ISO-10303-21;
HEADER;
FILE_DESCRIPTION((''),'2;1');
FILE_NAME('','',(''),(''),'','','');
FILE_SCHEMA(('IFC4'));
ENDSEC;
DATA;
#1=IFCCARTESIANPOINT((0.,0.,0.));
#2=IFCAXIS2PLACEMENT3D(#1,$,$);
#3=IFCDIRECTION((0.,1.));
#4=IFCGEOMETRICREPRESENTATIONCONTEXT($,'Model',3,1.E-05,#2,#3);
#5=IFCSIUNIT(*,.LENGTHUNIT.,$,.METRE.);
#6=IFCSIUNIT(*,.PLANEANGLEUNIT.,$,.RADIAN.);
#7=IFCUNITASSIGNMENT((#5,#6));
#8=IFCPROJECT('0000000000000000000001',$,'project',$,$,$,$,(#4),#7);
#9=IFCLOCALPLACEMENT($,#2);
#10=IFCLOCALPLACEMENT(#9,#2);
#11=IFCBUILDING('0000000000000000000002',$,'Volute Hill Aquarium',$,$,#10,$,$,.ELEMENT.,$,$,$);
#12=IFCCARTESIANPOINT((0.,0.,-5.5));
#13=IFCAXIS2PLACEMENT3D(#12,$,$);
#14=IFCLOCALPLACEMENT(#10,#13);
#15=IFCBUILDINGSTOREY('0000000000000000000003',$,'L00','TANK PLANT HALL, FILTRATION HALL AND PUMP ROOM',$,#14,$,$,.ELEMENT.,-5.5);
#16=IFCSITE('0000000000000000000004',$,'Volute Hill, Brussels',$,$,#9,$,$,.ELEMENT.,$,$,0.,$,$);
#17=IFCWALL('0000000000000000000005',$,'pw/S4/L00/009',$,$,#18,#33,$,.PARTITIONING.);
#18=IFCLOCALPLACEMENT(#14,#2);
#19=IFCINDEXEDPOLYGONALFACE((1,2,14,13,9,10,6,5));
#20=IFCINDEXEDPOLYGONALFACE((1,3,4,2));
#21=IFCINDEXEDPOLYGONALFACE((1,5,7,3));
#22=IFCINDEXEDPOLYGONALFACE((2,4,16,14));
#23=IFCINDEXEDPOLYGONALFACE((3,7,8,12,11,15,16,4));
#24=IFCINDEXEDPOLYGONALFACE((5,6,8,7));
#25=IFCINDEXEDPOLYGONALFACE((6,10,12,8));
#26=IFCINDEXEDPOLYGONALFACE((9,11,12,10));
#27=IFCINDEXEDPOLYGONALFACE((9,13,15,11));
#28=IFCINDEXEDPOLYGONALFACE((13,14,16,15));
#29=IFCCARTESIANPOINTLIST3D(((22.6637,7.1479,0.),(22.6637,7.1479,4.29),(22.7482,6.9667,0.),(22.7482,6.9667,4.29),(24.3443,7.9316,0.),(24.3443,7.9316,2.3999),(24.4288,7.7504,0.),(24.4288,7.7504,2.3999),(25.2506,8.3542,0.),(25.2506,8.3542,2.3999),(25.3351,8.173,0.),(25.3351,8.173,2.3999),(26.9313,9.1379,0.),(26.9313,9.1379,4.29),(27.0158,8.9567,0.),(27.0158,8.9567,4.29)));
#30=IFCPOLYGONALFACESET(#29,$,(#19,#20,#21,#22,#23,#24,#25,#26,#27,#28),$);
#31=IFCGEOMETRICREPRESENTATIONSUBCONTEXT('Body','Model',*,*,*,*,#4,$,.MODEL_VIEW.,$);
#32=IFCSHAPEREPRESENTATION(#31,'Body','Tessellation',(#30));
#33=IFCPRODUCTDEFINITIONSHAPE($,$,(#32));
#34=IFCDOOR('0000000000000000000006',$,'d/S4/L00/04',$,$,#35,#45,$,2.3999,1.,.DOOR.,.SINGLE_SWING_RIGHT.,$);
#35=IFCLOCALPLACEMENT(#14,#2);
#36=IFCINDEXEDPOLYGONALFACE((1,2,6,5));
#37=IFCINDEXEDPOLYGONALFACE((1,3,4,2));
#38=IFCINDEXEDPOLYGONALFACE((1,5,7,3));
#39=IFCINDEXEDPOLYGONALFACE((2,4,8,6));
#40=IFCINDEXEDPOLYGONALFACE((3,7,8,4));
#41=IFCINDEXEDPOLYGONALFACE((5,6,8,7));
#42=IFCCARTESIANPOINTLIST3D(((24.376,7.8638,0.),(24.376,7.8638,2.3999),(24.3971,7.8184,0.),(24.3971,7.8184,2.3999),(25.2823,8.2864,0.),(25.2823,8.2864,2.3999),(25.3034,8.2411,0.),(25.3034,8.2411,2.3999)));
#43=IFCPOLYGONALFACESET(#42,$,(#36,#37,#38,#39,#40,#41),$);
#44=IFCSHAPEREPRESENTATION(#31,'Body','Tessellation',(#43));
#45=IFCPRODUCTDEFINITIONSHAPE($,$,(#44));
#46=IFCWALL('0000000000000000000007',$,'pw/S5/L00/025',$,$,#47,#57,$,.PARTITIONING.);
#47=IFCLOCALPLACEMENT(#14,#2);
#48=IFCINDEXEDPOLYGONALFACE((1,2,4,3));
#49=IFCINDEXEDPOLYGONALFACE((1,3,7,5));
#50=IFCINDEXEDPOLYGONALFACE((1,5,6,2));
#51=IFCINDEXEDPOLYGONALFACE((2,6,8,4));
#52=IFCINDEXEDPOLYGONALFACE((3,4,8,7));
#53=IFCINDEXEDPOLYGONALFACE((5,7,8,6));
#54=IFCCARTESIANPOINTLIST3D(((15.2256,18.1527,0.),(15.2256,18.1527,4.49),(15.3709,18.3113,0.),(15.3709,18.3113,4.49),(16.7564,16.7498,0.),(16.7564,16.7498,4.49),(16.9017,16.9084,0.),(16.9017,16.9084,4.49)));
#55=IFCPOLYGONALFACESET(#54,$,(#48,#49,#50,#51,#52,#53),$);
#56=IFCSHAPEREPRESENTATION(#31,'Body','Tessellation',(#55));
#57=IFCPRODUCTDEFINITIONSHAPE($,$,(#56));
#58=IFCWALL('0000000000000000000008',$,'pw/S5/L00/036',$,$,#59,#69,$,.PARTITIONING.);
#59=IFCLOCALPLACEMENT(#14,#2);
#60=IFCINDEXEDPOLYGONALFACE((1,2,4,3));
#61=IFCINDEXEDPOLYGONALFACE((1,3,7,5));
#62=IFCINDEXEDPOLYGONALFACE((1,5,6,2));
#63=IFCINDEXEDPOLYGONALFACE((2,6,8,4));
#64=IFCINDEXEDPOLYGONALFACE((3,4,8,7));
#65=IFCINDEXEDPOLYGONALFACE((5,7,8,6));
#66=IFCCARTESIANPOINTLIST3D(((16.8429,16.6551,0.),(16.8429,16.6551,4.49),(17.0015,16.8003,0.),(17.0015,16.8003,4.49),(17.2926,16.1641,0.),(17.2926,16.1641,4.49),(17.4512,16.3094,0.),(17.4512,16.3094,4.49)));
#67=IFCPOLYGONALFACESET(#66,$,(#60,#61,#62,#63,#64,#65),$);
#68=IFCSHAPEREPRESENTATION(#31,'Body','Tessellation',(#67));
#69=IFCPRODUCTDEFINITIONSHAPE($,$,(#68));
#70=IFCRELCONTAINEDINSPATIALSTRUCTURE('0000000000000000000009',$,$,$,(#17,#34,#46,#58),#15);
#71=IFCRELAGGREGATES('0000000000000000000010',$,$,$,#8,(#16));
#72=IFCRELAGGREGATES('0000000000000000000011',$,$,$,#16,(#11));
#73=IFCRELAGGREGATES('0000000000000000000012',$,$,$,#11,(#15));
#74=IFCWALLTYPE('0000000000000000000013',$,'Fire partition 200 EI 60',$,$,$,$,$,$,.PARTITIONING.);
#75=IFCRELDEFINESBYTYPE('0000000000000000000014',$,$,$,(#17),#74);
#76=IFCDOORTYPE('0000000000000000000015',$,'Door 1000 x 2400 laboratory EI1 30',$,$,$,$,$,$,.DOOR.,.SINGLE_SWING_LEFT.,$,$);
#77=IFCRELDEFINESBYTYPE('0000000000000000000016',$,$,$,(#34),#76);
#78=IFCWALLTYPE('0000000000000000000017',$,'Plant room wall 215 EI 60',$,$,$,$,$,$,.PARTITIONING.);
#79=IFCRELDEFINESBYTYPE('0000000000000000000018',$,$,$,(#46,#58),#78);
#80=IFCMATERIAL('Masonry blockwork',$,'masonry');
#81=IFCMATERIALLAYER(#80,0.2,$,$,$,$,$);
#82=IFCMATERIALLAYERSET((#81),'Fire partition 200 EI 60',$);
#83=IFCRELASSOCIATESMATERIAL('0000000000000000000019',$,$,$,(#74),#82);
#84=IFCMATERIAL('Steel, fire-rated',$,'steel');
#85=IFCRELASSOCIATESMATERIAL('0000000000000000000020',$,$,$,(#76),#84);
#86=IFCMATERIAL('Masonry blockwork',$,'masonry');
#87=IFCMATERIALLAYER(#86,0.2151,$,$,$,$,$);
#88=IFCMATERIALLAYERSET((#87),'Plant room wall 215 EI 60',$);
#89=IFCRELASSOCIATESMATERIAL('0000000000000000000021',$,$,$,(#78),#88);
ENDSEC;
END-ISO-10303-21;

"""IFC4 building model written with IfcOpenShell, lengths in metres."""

from ifc_helpers import new_model, si_unit, direction, frame, frame_2d, origin, place, context, subcontext, project, spatial, rectangle, extrude, material, layer, layer_set, type_object, element, fill, save


model = new_model("IFC4")

# Units and contexts
model_context = context("Model", 3, precision=1e-05, world=origin(), true_north=direction((0.0, 1.0)))
body_context = subcontext(model_context, "Body", "Model", "MODEL_VIEW")
ifc_project = project(units=[si_unit("LENGTHUNIT", "METRE"), si_unit("PLANEANGLEUNIT", "RADIAN")], contexts=[model_context])

# Site, building, storey
site_placement = place(None, origin())
site = spatial("IfcSite", under=ifc_project, at=site_placement, Name="Volute Hill, Brussels", CompositionType="ELEMENT", RefElevation=0.0)
building_placement = place(site_placement, origin())
building = spatial("IfcBuilding", under=site, at=building_placement, Name="Volute Hill Aquarium", CompositionType="ELEMENT")
storey_placement = place(building_placement, frame((0.0, 0.0, -5.5)))
storey = spatial("IfcBuildingStorey", under=building, at=storey_placement, Name="L00", Description="TANK PLANT HALL, FILTRATION HALL AND PUMP ROOM", CompositionType="ELEMENT", Elevation=-5.5)

# Wall, opening, door
ifc_material_1 = material(Name="Masonry blockwork", Category="masonry")
ifc_layer_1 = layer(ifc_material_1, 0.2)
ifc_layer_set_1 = layer_set([ifc_layer_1], Name="Fire partition 200 EI 60")
wall_type_1 = type_object("IfcWallType", Name="Fire partition 200 EI 60", PredefinedType="PARTITIONING", material=ifc_layer_set_1)
wall_1_placement = place(storey_placement, frame((26.9736, 9.0474, 0.0), z_axis=(0.0, 0.0, 1.0), x_axis=(-0.906309, -0.422616, 0.0)))
wall_1 = element("IfcWall", 1, at=wall_1_placement, inside=storey, type_object=wall_type_1, Name="pw/S4/L00/009", PredefinedType="PARTITIONING", context=body_context, shape_type="SweptSolid", body=[
    extrude(rectangle(XDim=4.7087, YDim=0.2, at=frame_2d((2.3545, 0.0))), origin(), (0.0, 0.0, 1.0), 4.29),
])
opening_1_placement = place(wall_1_placement, frame((1.8545, 0.0, 0.0)))
opening_1 = element("IfcOpeningElement", 2, at=opening_1_placement, cuts=wall_1, PredefinedType="OPENING", context=body_context, shape_type="SweptSolid", body=[
    extrude(rectangle(XDim=1.0, YDim=2.3999, at=frame_2d((0.5, 1.2))), frame((0.0, 0.1099, 0.0), z_axis=(0.0, -1.0, 0.0), x_axis=(1.0, 0.0, 0.0)), (0.0, 0.0, 1.0), 0.22),
])
ifc_material_2 = material(Name="Steel, fire-rated", Category="steel")
door_type_1 = type_object("IfcDoorType", Name="Door 1000 x 2400 laboratory EI1 30", OperationType="SINGLE_SWING_LEFT", PredefinedType="DOOR", material=ifc_material_2)
door_1_placement = place(opening_1_placement, origin())
door_1 = element("IfcDoor", 3, at=door_1_placement, inside=storey, type_object=door_type_1, Name="d/S4/L00/04", OperationType="SINGLE_SWING_RIGHT", OverallHeight=2.3999, OverallWidth=1.0, PredefinedType="DOOR", context=body_context, shape_type="SweptSolid", body=[
    extrude(rectangle(XDim=1.0, YDim=2.3999, at=frame_2d((0.5, 1.2))), frame((0.0, 0.0249, 0.0), z_axis=(0.0, -1.0, 0.0), x_axis=(1.0, 0.0, 0.0)), (0.0, 0.0, 1.0), 0.05),
])
fill(opening_1, door_1)
ifc_material_3 = material(Name="Masonry blockwork", Category="masonry")
ifc_layer_2 = layer(ifc_material_3, 0.2151)
ifc_layer_set_2 = layer_set([ifc_layer_2], Name="Plant room wall 215 EI 60")
wall_type_2 = type_object("IfcWallType", Name="Plant room wall 215 EI 60", PredefinedType="PARTITIONING", material=ifc_layer_set_2)

# Walls
wall_2_placement = place(storey_placement, frame((15.2983, 18.2319, 0.0), z_axis=(0.0, 0.0, 1.0), x_axis=(0.737242, -0.675629, 0.0)))
element("IfcWall", 4, at=wall_2_placement, inside=storey, type_object=wall_type_2, Name="pw/S5/L00/025", PredefinedType="PARTITIONING", context=body_context, shape_type="SweptSolid", body=[
    extrude(rectangle(XDim=2.0764, YDim=0.2151, at=frame_2d((1.0381, 0.0))), origin(), (0.0, 0.0, 1.0), 4.49),
])
wall_3_placement = place(storey_placement, frame((16.9221, 16.7278, 0.0), z_axis=(0.0, 0.0, 1.0), x_axis=(0.675442, -0.737413, 0.0)))
element("IfcWall", 5, at=wall_3_placement, inside=storey, type_object=wall_type_2, Name="pw/S5/L00/036", PredefinedType="PARTITIONING", context=body_context, shape_type="SweptSolid", body=[
    extrude(rectangle(XDim=0.6658, YDim=0.2151, at=frame_2d((0.333, 0.0))), origin(), (0.0, 0.0, 1.0), 4.49),
])

save(model, "model.ifc")
